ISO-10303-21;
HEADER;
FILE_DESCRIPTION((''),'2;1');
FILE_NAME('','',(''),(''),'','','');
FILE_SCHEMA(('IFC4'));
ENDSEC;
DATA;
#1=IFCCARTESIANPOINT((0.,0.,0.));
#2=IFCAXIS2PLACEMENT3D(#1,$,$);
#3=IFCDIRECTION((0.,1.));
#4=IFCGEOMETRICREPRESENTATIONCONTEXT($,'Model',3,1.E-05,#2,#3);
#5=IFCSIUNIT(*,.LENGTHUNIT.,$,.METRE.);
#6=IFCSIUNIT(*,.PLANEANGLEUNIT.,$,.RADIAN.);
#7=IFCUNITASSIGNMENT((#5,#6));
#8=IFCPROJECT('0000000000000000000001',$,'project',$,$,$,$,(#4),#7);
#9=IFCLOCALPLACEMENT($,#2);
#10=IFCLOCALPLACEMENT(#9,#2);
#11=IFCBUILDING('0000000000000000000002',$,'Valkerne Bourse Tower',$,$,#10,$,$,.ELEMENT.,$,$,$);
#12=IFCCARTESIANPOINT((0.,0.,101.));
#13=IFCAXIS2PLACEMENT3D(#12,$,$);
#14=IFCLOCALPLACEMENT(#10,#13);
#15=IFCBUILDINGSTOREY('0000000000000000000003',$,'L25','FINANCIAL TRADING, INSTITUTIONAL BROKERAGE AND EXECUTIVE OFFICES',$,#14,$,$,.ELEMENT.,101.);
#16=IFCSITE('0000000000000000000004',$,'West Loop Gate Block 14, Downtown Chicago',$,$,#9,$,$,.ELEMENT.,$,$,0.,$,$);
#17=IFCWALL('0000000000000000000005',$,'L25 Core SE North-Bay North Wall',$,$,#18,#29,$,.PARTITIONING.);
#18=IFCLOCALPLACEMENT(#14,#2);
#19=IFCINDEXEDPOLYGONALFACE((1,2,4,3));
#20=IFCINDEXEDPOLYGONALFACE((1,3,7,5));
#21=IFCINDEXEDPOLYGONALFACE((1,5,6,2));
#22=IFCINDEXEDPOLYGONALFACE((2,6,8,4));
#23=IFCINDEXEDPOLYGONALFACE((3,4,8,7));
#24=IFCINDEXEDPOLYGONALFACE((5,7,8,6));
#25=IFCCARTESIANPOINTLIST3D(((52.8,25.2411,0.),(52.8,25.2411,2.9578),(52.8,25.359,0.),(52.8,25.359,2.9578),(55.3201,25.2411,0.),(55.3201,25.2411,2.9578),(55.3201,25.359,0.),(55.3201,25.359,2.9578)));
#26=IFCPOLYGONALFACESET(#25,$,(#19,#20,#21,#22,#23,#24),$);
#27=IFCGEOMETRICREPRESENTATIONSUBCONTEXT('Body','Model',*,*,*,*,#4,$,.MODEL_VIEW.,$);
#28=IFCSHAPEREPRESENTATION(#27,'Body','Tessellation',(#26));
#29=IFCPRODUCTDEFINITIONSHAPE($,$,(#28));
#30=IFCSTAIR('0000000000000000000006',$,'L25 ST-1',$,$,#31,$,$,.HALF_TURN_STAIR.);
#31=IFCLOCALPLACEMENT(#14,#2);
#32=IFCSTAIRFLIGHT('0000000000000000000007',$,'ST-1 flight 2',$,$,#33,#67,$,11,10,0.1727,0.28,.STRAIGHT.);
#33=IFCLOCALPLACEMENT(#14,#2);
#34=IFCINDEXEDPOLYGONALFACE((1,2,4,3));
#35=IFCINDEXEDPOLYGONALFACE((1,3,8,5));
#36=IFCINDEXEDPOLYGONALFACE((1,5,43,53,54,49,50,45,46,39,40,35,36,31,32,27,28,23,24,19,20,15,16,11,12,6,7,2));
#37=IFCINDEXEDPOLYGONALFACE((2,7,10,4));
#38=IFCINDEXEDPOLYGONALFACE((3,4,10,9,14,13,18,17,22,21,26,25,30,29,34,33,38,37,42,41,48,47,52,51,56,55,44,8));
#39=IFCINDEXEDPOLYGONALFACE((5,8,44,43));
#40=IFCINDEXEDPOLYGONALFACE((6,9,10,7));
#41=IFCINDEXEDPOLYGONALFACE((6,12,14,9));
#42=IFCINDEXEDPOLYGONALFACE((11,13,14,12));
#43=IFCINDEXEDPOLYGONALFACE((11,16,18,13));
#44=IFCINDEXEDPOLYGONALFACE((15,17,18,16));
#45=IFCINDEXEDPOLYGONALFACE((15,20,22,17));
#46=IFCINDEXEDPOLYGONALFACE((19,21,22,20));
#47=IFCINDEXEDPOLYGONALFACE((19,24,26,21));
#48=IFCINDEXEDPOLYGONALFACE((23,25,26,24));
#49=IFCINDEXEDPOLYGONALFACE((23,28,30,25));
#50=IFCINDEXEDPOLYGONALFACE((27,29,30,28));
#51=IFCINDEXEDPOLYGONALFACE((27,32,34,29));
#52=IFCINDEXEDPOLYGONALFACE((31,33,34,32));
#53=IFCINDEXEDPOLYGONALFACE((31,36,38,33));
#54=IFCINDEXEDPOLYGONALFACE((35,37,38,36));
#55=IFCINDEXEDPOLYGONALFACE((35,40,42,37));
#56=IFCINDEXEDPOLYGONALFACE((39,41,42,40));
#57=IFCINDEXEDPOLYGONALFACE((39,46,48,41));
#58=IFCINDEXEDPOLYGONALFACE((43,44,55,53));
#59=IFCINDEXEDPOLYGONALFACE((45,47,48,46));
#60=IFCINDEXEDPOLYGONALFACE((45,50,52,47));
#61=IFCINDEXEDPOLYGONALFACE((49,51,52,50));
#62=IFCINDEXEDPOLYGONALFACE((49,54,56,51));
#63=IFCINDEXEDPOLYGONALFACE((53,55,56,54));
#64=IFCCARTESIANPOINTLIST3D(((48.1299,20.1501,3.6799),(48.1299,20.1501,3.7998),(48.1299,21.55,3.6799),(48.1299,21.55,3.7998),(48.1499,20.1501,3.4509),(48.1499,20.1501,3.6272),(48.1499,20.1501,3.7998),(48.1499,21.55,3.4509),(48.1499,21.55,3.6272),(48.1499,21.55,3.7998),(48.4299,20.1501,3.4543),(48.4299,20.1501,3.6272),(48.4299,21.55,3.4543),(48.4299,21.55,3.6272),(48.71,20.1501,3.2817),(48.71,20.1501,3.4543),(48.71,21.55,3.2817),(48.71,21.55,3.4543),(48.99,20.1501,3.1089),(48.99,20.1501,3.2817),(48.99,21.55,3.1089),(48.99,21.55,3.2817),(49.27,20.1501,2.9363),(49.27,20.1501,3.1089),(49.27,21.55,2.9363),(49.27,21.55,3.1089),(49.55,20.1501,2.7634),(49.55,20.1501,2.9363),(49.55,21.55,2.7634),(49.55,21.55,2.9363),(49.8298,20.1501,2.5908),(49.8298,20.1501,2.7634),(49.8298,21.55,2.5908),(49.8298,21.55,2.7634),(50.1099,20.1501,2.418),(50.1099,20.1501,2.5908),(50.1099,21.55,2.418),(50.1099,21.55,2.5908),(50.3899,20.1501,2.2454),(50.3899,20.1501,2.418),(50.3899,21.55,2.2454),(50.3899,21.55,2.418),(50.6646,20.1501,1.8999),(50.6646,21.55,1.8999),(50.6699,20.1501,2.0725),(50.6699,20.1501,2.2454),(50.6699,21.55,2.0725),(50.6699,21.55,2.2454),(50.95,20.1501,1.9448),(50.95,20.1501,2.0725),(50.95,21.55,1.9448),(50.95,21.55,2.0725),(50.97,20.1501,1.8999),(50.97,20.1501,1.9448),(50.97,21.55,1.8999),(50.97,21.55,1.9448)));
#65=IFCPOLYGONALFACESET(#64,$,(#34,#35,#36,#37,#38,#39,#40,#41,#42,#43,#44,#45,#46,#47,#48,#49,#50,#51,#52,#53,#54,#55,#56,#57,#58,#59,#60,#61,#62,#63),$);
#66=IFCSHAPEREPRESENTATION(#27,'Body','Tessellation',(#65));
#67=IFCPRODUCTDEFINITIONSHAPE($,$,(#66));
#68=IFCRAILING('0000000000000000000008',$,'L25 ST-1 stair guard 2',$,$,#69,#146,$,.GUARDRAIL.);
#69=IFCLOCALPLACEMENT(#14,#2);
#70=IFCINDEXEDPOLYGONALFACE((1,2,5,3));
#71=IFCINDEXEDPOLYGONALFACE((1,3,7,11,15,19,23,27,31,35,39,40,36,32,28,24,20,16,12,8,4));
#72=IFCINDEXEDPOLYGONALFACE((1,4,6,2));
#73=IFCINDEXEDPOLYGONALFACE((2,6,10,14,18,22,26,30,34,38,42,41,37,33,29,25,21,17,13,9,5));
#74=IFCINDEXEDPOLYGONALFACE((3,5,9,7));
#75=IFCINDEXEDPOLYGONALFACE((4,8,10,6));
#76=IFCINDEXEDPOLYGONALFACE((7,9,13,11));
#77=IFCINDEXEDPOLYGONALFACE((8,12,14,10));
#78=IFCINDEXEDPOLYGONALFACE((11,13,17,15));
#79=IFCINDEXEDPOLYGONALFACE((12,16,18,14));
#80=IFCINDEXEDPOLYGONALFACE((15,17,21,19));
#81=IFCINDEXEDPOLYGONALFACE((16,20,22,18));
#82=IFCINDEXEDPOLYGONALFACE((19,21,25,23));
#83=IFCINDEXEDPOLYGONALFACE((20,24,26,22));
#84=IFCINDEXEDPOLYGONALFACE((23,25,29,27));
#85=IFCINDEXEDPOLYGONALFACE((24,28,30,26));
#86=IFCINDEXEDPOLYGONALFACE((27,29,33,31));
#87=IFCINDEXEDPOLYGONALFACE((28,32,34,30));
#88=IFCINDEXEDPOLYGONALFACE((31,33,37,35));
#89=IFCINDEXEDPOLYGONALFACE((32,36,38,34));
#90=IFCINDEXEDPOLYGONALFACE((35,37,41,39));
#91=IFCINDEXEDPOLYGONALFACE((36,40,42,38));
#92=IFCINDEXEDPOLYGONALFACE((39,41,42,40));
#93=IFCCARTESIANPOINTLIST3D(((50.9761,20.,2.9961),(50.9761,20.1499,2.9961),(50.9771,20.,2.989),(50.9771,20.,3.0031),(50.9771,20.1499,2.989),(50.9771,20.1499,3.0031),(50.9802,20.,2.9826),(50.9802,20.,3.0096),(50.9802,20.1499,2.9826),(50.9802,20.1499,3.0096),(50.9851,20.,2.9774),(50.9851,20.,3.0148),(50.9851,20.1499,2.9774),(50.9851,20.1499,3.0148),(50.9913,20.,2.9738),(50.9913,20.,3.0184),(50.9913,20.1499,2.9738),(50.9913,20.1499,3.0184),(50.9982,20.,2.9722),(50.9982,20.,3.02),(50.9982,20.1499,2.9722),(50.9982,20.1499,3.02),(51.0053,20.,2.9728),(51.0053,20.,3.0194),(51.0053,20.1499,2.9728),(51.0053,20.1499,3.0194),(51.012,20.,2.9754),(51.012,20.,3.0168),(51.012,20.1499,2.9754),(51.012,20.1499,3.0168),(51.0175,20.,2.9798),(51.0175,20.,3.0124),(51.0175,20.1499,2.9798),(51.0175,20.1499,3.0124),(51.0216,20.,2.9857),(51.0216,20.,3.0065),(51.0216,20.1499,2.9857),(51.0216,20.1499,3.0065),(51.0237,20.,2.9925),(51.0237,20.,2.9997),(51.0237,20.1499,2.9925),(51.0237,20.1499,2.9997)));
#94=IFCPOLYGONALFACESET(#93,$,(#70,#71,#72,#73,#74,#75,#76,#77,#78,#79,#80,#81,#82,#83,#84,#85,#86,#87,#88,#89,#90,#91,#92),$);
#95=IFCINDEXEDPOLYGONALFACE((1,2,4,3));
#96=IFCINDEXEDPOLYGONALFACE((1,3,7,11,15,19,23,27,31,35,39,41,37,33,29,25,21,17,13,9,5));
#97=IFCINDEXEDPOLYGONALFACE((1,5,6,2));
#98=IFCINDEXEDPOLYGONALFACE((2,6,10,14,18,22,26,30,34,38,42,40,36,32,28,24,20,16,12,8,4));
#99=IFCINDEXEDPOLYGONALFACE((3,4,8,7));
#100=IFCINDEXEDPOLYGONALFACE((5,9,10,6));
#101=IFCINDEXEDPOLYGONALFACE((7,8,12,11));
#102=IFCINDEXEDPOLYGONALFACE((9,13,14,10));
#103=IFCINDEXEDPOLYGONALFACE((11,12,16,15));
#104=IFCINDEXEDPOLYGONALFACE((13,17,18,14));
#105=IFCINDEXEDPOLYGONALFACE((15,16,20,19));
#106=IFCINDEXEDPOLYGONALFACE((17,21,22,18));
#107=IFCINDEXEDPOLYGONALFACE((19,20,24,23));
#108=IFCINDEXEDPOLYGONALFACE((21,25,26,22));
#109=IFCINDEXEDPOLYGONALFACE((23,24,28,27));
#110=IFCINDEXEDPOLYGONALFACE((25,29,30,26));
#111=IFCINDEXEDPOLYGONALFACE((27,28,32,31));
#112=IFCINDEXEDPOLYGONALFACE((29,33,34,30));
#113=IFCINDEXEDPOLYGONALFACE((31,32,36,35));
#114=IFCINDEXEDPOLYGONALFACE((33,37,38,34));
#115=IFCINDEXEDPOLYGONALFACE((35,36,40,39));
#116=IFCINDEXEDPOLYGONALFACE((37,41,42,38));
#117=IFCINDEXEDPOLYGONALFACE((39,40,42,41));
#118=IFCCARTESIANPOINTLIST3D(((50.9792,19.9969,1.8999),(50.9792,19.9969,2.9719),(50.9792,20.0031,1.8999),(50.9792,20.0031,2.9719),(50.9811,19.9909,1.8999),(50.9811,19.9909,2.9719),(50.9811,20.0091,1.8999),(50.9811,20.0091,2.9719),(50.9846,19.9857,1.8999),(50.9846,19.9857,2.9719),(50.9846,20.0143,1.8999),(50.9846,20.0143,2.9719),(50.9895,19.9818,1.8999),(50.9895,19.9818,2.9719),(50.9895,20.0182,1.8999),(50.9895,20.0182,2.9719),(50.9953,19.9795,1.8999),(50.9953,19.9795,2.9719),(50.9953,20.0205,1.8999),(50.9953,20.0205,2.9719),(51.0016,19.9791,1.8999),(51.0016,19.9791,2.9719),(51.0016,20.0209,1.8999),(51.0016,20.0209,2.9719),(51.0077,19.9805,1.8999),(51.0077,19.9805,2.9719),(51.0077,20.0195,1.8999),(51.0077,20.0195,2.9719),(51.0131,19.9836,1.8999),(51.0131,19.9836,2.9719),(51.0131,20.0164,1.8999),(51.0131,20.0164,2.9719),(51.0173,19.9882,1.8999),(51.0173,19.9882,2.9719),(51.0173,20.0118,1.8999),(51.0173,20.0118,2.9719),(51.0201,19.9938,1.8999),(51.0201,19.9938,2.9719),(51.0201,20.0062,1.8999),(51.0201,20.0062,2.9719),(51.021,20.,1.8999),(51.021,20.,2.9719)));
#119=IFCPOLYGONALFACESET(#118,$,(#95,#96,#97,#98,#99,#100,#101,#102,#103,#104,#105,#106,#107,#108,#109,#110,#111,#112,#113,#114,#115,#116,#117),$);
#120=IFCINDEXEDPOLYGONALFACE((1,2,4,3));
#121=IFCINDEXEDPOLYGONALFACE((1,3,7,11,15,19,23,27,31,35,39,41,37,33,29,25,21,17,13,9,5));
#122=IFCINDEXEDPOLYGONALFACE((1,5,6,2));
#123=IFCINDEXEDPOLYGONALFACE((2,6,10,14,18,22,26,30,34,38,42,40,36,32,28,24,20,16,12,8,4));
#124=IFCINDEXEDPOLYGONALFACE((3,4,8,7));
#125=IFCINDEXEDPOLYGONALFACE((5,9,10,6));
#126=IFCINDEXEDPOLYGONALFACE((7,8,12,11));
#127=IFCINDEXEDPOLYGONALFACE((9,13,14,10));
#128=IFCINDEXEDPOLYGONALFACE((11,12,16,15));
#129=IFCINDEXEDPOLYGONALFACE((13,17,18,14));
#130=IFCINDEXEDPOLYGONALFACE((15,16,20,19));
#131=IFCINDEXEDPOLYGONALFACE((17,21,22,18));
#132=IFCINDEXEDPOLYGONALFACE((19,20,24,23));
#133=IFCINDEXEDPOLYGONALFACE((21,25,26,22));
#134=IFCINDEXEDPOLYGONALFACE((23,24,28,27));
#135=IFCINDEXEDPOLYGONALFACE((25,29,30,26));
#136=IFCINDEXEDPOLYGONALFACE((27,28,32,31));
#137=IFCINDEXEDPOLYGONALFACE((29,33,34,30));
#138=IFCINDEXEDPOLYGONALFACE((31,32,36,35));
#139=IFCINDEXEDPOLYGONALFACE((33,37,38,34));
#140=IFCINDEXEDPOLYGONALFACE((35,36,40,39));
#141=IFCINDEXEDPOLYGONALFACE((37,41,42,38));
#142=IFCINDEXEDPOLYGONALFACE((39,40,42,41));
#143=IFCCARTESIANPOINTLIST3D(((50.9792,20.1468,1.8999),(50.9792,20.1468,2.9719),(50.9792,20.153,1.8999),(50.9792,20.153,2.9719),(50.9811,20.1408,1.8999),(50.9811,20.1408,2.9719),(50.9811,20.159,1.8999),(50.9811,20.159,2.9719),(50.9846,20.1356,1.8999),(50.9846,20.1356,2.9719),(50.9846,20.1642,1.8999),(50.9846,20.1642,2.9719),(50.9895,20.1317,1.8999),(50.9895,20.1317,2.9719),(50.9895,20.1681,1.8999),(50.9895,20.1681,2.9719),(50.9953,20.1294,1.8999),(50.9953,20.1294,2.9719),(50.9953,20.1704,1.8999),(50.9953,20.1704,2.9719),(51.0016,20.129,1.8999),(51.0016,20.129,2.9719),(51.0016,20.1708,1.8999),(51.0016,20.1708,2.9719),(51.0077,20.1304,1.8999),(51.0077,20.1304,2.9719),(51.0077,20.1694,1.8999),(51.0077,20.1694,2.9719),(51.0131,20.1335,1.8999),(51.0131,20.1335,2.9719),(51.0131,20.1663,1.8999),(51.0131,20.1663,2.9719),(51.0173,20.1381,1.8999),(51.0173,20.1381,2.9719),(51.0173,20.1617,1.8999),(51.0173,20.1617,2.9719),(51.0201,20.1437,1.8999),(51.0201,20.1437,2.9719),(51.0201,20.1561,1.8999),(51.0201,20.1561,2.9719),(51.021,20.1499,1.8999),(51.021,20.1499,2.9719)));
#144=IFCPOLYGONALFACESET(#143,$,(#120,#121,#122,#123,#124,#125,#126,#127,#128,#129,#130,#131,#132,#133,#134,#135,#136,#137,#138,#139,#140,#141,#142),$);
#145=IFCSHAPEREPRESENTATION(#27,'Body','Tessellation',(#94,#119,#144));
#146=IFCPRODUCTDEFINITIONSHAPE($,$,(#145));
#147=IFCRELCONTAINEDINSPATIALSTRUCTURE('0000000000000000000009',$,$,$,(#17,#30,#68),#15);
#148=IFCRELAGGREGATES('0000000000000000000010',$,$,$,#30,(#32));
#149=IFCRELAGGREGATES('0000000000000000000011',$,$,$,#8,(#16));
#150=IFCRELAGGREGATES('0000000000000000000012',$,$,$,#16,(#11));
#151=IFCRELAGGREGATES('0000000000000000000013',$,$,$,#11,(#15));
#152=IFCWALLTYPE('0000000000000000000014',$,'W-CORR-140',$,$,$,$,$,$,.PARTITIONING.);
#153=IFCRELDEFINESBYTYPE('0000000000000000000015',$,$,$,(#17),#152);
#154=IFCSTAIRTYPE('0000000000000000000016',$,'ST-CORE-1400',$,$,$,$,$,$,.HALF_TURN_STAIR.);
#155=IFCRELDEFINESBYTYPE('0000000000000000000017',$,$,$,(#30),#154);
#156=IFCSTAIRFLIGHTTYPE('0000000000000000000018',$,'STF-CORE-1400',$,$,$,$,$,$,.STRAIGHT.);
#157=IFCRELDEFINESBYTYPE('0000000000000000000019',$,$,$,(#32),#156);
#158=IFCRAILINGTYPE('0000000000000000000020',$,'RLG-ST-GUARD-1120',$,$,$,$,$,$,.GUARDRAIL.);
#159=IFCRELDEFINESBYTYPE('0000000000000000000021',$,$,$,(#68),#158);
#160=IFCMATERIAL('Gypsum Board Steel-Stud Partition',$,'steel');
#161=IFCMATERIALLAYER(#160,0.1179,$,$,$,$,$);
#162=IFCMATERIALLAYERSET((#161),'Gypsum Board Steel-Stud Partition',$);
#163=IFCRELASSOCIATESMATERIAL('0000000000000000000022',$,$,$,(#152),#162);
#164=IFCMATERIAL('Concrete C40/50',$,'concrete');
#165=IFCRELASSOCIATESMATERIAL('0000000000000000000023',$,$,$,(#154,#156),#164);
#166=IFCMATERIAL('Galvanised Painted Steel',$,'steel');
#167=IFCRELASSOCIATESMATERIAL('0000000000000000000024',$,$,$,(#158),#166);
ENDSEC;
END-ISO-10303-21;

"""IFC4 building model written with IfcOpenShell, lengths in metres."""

from ifc_helpers import new_model, si_unit, direction, frame, frame_2d, origin, origin_2d, place, context, subcontext, project, spatial, polyline, rectangle, circle, outline, extrude, material, layer, layer_set, type_object, element, aggregate, save


model = new_model("IFC4")

# Units and contexts
model_context = context("Model", 3, precision=1e-05, world=origin(), true_north=direction((0.0, 1.0)))
body_context = subcontext(model_context, "Body", "Model", "MODEL_VIEW")
ifc_project = project(units=[si_unit("LENGTHUNIT", "METRE"), si_unit("PLANEANGLEUNIT", "RADIAN")], contexts=[model_context])

# Site, building, storey
site_placement = place(None, origin())
site = spatial("IfcSite", under=ifc_project, at=site_placement, Name="West Loop Gate Block 14, Downtown Chicago", CompositionType="ELEMENT", RefElevation=0.0)
building_placement = place(site_placement, origin())
building = spatial("IfcBuilding", under=site, at=building_placement, Name="Valkerne Bourse Tower", CompositionType="ELEMENT")
storey_placement = place(building_placement, frame((0.0, 0.0, 101.0)))
storey = spatial("IfcBuildingStorey", under=building, at=storey_placement, Name="L25", Description="FINANCIAL TRADING, INSTITUTIONAL BROKERAGE AND EXECUTIVE OFFICES", CompositionType="ELEMENT", Elevation=101.0)

# Shared definitions
ifc_material_1 = material(Name="Gypsum Board Steel-Stud Partition", Category="steel")
ifc_layer_1 = layer(ifc_material_1, 0.1179)
ifc_layer_set_1 = layer_set([ifc_layer_1], Name="Gypsum Board Steel-Stud Partition")
wall_type_1 = type_object("IfcWallType", Name="W-CORR-140", PredefinedType="PARTITIONING", material=ifc_layer_set_1)

# Wall
wall_1_placement = place(storey_placement, frame((52.8, 25.3, 0.0), z_axis=(0.0, 0.0, 1.0), x_axis=(1.0, 0.0, 0.0)))
element("IfcWall", 1, at=wall_1_placement, inside=storey, type_object=wall_type_1, Name="L25 Core SE North-Bay North Wall", PredefinedType="PARTITIONING", context=body_context, shape_type="SweptSolid", body=[
    extrude(rectangle(XDim=2.52, YDim=0.1179, at=frame_2d((1.26, 0.0))), origin(), (0.0, 0.0, 1.0), 2.9578),
])

# Shared definitions
ifc_material_2 = material(Name="Galvanised Painted Steel", Category="steel")

# Stair, stair flight
ifc_material_3 = material(Name="Concrete C40/50", Category="concrete")
stair_type = type_object("IfcStairType", Name="ST-CORE-1400", PredefinedType="HALF_TURN_STAIR", material=ifc_material_3)
stair_placement = place(storey_placement, origin())
stair = element("IfcStair", 2, at=stair_placement, inside=storey, type_object=stair_type, Name="L25 ST-1", PredefinedType="HALF_TURN_STAIR")
stair_flight_type = type_object("IfcStairFlightType", Name="STF-CORE-1400", PredefinedType="STRAIGHT", material=ifc_material_3)
stair_flight_placement = place(storey_placement, frame((50.95, 20.8501, 1.8999), z_axis=(0.0, 0.0, 1.0), x_axis=(-1.0, 0.0, 0.0)))
stair_flight = element("IfcStairFlight", 3, at=stair_flight_placement, type_object=stair_flight_type, Name="ST-1 flight 2", NumberOfRisers=11, NumberOfTreads=10, PredefinedType="STRAIGHT", RiserHeight=0.1727, TreadLength=0.28, context=body_context, shape_type="SweptSolid", body=[
    extrude(outline(polyline([(-0.02, 0.0), (-0.02, 0.0449), (0.0, 0.0449), (0.0, 0.1726), (0.28, 0.1726), (0.28, 0.3455), (0.5601, 0.3455), (0.5601, 0.5181), (0.8401, 0.5181), (0.8401, 0.6909), (1.1201, 0.6909), (1.1201, 0.8635), (1.3999, 0.8635), (1.3999, 1.0364), (1.6799, 1.0364), (1.6799, 1.209), (1.96, 1.209), (1.96, 1.3818), (2.24, 1.3818), (2.24, 1.5544), (2.52, 1.5544), (2.52, 1.7273), (2.8, 1.7273), (2.8, 1.8999), (2.8201, 1.8999), (2.8201, 1.78), (2.8, 1.551), (0.2854, 0.0), (-0.02, 0.0)])), frame((0.0, 0.7, 0.0), z_axis=(0.0, -1.0, 0.0), x_axis=(1.0, 0.0, 0.0)), (0.0, 0.0, 1.0), 1.3999),
])
aggregate(stair, [stair_flight])

# Railing
railing_type_1 = type_object("IfcRailingType", Name="RLG-ST-GUARD-1120", PredefinedType="GUARDRAIL", material=ifc_material_2)
railing_1_placement = place(storey_placement, frame((51.0, 20.0, 1.8999)))
element("IfcRailing", 4, at=railing_1_placement, inside=storey, type_object=railing_type_1, Name="L25 ST-1 stair guard 2", PredefinedType="GUARDRAIL", context=body_context, shape_type="SweptSolid", body=[
    extrude(circle(Radius=0.0239, at=origin_2d()), frame((0.0, 0.0, 1.0962), z_axis=(0.0, 1.0, 0.0), x_axis=(-1.0, 0.0, 0.0)), (0.0, 0.0, 1.0), 0.1499),
    extrude(circle(Radius=0.021, at=origin_2d()), origin(), (0.0, 0.0, 1.0), 1.072),
    extrude(circle(Radius=0.021, at=origin_2d()), frame((0.0, 0.1499, 0.0)), (0.0, 0.0, 1.0), 1.072),
])

save(model, "model.ifc")
